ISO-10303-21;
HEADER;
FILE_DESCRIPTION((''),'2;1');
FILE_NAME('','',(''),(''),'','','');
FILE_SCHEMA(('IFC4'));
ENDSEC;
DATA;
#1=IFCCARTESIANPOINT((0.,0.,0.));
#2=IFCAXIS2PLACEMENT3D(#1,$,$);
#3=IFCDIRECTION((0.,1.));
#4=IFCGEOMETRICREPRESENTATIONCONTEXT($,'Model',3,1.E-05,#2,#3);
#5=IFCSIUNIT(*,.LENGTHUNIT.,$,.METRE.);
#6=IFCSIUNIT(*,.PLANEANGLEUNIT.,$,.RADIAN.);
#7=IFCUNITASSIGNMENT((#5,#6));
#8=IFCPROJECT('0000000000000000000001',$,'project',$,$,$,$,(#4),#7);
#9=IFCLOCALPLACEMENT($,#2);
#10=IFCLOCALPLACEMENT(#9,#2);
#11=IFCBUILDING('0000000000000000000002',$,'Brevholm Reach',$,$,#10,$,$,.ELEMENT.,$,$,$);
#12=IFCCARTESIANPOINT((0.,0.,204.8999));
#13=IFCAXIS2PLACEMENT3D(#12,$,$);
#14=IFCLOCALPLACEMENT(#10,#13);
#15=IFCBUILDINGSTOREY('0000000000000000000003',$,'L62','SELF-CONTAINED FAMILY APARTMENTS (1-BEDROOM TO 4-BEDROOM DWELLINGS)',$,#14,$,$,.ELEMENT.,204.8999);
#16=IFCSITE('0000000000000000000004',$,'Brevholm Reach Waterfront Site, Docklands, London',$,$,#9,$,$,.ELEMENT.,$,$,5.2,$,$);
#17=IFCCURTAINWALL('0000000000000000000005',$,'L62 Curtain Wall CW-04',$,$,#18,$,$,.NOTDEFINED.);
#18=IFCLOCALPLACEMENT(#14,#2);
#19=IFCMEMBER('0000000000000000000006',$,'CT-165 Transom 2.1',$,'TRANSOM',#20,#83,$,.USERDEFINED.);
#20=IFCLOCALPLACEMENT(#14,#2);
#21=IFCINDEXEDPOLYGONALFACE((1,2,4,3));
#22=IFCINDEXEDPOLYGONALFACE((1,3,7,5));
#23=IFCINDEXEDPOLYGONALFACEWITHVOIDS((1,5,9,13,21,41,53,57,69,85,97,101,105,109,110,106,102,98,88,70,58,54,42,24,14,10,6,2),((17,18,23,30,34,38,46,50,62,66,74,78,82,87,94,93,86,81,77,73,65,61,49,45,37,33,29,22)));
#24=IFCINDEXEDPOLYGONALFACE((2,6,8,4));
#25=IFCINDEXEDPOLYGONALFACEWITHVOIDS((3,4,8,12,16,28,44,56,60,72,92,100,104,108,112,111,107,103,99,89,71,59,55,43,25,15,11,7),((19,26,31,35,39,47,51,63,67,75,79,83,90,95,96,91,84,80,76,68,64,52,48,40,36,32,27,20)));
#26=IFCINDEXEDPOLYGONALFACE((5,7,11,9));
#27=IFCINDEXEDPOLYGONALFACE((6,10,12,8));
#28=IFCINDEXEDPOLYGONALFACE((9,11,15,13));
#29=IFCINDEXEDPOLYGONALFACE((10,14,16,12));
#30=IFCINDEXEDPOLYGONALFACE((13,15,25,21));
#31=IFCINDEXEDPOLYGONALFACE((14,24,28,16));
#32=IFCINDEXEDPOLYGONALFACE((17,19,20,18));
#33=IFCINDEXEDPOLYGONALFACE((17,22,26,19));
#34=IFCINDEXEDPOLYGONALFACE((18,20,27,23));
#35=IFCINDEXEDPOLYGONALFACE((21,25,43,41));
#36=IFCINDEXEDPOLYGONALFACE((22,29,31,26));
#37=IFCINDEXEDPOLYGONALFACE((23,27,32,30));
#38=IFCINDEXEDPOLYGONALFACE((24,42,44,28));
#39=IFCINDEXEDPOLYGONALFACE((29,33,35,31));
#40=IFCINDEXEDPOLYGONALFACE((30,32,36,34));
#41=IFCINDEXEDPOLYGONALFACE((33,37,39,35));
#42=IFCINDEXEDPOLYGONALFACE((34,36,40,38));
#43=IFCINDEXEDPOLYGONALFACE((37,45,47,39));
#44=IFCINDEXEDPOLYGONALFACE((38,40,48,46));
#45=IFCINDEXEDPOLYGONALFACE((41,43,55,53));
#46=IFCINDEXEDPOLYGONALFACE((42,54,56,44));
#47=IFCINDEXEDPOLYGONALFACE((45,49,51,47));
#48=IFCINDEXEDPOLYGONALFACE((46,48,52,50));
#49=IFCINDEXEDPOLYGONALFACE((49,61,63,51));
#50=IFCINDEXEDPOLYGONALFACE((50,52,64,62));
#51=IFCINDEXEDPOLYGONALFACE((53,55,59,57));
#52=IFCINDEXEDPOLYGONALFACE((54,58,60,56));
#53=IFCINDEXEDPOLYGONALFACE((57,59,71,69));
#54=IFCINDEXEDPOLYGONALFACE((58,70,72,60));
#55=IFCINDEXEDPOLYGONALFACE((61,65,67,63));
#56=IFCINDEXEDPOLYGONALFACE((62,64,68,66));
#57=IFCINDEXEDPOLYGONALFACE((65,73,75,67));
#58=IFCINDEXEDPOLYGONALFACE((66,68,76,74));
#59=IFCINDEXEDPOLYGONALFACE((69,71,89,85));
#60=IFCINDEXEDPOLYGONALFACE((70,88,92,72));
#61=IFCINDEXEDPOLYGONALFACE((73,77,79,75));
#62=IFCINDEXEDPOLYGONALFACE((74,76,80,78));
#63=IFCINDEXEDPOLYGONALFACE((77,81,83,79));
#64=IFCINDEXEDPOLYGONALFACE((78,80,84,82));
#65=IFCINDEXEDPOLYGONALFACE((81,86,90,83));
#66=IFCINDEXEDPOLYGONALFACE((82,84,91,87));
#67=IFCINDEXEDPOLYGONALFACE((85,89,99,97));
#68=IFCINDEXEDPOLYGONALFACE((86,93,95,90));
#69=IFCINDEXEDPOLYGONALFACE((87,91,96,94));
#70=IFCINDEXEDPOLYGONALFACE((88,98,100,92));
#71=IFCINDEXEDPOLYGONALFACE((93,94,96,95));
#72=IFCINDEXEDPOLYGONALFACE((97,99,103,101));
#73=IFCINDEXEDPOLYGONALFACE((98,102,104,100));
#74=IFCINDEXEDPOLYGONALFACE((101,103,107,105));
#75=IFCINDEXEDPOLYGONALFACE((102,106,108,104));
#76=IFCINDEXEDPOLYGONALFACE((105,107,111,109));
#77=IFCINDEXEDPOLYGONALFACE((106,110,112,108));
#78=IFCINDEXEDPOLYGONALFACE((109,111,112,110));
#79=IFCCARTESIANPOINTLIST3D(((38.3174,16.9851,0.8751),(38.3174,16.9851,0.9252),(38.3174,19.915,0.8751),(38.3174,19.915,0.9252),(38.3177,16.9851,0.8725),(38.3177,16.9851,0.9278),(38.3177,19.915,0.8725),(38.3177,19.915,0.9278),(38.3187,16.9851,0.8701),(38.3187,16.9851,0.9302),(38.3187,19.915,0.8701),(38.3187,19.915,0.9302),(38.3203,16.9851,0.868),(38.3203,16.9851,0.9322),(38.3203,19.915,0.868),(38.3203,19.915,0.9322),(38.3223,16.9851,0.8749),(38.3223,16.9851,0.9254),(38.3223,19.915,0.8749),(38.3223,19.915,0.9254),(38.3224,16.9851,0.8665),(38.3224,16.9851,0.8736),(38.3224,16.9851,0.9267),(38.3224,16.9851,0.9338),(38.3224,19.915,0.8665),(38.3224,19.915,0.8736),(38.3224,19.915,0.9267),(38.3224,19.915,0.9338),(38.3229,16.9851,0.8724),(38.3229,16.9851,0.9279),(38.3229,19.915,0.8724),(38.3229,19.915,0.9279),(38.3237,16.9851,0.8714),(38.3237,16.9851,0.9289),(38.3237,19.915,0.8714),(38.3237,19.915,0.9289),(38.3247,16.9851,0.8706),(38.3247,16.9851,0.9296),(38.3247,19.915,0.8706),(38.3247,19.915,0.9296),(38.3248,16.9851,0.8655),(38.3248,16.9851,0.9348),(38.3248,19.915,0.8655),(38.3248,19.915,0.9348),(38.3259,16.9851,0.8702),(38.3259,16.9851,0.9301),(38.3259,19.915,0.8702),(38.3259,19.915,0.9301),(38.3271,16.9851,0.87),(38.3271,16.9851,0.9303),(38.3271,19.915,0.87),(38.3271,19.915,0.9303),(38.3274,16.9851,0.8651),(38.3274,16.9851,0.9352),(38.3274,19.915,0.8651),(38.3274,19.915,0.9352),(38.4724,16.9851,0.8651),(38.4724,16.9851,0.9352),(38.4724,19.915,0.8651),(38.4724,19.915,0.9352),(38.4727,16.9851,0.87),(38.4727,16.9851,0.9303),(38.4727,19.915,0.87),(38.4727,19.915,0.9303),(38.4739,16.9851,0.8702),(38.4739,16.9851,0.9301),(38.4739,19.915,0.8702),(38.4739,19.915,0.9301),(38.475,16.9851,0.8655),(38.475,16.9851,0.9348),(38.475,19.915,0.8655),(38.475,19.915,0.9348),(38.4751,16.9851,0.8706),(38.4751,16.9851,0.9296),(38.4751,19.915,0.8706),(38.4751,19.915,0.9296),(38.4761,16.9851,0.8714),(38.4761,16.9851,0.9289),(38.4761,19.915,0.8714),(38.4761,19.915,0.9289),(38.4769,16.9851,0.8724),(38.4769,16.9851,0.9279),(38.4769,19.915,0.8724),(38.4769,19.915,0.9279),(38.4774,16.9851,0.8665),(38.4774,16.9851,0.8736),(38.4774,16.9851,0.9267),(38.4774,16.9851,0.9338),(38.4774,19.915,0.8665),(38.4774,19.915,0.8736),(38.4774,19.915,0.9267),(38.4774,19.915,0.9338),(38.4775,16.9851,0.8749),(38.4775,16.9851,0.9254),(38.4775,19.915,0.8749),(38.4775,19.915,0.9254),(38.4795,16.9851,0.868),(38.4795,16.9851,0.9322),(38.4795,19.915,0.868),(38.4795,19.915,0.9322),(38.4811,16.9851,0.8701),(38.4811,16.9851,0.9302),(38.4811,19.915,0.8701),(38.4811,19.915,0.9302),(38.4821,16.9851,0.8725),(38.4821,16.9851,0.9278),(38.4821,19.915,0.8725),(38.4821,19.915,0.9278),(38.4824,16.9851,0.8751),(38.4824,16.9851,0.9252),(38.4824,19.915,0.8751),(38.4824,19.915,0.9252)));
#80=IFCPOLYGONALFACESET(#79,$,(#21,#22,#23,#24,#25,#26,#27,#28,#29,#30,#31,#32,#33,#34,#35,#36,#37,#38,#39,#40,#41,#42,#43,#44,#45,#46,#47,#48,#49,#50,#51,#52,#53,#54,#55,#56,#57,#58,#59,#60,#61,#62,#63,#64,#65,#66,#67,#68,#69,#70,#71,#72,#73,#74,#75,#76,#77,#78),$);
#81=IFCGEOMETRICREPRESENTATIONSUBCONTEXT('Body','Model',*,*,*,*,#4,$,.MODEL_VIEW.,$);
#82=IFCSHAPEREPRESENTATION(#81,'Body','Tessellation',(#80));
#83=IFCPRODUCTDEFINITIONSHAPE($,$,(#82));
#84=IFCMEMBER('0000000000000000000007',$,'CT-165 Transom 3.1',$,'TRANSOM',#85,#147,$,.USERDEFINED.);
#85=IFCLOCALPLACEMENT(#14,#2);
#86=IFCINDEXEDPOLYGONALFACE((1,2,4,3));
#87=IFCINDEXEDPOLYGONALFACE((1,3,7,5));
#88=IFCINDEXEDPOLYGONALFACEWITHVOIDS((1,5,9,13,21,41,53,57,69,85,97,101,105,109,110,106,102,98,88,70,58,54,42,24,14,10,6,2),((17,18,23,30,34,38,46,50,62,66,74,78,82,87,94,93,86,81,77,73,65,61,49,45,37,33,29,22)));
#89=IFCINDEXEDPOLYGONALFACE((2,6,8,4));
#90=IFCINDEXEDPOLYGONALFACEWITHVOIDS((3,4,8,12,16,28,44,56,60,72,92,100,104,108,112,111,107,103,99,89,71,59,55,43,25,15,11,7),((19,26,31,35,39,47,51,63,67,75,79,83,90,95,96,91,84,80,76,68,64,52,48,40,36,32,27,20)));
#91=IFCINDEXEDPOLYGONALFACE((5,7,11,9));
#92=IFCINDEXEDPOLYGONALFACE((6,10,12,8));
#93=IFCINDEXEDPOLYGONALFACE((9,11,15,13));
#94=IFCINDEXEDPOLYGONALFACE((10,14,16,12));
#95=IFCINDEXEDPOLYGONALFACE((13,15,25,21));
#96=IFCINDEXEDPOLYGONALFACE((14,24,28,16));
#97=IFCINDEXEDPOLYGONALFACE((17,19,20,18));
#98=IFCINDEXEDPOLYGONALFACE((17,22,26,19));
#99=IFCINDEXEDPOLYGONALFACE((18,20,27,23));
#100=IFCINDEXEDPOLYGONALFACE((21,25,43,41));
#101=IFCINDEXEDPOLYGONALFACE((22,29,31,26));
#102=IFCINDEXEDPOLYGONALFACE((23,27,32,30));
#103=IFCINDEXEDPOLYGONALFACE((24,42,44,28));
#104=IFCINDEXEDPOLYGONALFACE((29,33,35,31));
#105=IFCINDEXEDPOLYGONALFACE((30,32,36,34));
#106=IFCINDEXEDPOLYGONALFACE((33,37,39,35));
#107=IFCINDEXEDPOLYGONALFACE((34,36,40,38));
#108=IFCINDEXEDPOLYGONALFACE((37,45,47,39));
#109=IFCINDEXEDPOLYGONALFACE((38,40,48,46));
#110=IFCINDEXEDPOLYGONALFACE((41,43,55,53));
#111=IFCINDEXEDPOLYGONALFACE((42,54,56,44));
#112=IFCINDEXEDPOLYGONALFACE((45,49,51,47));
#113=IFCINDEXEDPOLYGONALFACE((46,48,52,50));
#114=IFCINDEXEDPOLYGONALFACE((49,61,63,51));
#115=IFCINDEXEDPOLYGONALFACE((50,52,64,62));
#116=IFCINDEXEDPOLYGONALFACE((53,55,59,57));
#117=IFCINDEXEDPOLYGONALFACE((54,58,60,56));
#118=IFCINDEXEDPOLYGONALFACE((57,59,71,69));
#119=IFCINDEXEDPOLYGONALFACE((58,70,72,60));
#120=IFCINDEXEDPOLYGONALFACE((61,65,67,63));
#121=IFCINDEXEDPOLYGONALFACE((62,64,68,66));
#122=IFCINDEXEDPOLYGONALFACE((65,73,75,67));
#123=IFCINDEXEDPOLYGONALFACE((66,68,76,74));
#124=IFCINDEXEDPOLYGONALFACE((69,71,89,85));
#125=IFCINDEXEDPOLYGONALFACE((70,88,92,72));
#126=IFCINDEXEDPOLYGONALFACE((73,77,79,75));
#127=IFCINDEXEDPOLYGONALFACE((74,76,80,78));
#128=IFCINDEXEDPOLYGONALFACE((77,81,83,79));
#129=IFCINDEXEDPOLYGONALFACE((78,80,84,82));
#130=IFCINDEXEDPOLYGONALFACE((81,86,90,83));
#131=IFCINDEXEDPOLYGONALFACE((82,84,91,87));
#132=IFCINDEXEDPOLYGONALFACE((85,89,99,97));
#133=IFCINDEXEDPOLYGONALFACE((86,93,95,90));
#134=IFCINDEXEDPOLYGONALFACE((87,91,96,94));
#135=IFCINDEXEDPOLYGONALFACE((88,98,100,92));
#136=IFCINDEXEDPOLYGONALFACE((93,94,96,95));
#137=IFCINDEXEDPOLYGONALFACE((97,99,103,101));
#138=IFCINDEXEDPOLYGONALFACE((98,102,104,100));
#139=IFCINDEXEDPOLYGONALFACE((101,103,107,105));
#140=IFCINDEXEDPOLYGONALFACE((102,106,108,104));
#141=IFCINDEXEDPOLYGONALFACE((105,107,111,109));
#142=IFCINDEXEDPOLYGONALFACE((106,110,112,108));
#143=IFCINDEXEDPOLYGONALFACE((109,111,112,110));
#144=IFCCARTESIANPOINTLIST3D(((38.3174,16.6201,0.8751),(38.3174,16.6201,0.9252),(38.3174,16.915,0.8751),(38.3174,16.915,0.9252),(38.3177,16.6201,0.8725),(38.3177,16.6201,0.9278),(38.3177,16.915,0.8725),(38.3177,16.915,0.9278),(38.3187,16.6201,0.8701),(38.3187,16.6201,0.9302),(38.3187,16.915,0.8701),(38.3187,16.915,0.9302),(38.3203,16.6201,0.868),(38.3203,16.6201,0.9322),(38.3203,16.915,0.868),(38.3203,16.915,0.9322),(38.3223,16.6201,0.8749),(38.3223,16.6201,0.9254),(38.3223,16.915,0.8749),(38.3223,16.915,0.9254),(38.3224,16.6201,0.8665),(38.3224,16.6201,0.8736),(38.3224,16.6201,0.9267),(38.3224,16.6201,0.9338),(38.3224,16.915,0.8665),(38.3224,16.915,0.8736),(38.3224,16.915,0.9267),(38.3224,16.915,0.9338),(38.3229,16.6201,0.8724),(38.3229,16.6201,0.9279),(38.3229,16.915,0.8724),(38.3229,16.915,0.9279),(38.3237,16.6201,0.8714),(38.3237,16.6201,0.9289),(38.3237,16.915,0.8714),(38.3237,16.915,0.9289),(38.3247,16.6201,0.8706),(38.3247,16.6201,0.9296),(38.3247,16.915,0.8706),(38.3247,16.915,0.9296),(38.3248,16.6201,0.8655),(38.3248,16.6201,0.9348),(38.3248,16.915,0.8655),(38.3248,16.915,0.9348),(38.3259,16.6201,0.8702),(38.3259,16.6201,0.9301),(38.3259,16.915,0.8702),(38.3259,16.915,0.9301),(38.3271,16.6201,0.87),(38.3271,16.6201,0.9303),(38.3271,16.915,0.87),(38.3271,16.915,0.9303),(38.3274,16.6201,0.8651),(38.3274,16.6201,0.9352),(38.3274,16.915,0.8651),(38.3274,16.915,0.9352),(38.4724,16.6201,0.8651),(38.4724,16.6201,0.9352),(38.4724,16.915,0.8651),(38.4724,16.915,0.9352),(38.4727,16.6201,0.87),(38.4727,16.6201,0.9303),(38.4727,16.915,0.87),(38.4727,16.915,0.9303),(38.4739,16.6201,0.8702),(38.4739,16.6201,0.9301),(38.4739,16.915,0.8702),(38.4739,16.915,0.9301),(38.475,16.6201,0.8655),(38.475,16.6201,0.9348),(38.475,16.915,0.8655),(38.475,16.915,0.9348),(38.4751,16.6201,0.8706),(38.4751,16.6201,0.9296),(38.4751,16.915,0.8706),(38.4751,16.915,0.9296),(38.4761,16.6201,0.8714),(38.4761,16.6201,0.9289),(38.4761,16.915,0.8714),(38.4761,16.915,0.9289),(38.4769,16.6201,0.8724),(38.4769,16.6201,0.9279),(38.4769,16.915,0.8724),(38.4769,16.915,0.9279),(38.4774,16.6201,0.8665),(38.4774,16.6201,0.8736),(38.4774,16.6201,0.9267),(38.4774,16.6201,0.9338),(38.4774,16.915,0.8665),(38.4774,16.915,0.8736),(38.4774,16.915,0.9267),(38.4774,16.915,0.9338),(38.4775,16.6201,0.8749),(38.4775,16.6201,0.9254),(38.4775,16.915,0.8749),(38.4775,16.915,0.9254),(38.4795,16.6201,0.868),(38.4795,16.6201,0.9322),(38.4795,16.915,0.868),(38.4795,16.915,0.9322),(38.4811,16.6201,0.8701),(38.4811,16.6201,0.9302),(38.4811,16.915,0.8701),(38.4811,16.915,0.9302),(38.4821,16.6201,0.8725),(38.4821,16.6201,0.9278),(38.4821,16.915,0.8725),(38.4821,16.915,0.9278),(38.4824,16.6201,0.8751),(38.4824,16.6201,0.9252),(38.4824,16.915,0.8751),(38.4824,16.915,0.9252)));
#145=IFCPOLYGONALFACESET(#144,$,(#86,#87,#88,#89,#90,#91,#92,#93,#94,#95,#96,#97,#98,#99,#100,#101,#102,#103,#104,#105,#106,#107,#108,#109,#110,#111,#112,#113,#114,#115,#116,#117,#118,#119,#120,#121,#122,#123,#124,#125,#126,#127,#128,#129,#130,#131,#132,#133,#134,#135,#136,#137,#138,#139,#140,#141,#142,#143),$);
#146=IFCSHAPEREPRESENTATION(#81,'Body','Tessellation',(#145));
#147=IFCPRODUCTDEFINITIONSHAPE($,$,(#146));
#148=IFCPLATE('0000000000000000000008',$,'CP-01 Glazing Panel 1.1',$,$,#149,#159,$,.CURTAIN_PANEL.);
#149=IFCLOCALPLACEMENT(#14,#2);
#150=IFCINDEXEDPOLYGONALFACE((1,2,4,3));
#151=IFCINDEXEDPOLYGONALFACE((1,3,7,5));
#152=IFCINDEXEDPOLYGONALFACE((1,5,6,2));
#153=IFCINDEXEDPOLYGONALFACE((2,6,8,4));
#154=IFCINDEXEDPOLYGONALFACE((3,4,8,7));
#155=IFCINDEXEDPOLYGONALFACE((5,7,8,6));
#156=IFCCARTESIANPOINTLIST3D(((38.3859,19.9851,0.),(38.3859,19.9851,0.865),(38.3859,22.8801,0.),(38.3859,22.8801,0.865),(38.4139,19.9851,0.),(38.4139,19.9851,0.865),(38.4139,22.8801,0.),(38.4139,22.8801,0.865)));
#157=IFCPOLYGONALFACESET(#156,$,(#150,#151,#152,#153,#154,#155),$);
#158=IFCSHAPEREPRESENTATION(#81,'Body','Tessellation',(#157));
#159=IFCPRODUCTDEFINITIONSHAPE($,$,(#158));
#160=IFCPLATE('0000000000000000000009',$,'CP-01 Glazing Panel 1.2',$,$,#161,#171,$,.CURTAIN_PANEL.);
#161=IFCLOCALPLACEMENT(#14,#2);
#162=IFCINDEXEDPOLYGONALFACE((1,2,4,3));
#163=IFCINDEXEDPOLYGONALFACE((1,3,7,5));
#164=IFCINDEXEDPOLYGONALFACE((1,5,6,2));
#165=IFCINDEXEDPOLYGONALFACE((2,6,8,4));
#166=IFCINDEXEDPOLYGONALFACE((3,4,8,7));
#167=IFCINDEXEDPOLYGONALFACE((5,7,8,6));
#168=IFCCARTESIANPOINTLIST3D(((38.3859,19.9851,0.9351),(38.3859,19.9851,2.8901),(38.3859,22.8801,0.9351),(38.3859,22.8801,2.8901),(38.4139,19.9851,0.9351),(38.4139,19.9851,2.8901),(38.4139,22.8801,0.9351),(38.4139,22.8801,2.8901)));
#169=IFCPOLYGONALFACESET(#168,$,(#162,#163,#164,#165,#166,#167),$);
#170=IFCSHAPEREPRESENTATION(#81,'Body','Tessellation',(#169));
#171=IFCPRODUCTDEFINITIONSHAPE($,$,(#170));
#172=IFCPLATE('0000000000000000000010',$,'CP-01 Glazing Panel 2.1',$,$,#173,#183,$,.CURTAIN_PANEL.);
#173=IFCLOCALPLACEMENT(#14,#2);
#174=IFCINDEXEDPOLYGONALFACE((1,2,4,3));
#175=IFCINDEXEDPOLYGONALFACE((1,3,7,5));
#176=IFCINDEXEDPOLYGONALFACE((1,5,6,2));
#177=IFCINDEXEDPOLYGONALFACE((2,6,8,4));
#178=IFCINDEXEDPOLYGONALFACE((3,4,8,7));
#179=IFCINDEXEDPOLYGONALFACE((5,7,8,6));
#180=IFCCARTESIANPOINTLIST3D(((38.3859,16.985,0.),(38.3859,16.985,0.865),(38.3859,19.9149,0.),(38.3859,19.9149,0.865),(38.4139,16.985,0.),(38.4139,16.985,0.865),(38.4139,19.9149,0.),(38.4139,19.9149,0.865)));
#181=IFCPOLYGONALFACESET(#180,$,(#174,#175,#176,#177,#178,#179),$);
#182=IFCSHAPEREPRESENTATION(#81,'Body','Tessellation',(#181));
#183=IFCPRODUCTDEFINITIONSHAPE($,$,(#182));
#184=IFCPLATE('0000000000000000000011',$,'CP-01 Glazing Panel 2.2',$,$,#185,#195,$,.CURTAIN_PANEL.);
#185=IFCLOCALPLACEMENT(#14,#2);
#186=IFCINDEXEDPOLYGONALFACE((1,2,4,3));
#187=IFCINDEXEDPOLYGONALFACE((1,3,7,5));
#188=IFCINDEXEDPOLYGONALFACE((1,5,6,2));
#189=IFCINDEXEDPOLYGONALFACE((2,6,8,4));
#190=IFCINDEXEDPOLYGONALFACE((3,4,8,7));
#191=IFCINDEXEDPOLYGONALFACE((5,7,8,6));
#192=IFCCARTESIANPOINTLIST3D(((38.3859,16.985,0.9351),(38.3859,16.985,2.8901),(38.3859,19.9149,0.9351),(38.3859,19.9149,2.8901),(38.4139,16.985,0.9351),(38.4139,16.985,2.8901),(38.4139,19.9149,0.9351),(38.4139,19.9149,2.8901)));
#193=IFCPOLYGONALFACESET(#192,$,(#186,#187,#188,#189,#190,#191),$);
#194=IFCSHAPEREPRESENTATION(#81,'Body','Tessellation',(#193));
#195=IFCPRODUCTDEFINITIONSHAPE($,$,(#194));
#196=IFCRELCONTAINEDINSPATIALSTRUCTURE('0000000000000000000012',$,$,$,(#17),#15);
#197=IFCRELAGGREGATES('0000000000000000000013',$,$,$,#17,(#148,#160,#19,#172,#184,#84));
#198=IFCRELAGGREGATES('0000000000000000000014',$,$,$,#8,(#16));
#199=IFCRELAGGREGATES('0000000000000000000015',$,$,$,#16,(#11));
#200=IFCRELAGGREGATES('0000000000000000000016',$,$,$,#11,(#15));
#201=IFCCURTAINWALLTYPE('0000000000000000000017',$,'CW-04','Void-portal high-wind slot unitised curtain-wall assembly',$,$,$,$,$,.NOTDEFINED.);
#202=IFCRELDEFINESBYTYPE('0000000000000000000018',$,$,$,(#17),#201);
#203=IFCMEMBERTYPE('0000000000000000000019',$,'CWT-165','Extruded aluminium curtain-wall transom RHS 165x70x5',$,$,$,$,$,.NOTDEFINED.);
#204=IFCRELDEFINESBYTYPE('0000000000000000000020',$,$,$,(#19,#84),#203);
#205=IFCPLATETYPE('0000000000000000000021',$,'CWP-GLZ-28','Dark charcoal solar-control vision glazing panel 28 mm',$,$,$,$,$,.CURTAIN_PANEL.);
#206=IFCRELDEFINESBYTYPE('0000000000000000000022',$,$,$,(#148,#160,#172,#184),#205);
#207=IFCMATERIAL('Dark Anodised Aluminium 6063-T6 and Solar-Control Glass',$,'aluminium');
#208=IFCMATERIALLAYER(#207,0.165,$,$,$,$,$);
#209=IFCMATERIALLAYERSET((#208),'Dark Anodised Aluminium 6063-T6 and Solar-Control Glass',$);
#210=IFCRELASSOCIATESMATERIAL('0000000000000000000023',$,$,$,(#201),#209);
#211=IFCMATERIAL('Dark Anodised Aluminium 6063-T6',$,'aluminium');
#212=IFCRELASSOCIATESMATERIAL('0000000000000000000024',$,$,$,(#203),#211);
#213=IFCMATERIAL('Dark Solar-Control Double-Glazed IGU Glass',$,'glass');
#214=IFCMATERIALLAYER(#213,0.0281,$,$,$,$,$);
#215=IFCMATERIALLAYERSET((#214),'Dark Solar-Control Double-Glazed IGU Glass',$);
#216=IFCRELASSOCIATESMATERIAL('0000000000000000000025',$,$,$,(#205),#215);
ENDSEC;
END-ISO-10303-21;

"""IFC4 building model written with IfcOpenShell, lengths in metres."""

from ifc_helpers import new_model, si_unit, direction, frame, origin, origin_2d, place, context, subcontext, project, spatial, rectangle, hollow_rectangle, extrude, material, layer, layer_set, material_profile, profile_set, type_object, element, aggregate, save


model = new_model("IFC4")

# Units and contexts
model_context = context("Model", 3, precision=1e-05, world=origin(), true_north=direction((0.0, 1.0)))
body_context = subcontext(model_context, "Body", "Model", "MODEL_VIEW")
ifc_project = project(units=[si_unit("LENGTHUNIT", "METRE"), si_unit("PLANEANGLEUNIT", "RADIAN")], contexts=[model_context])

# Site, building, storey
site_placement = place(None, origin())
site = spatial("IfcSite", under=ifc_project, at=site_placement, Name="Brevholm Reach Waterfront Site, Docklands, London", CompositionType="ELEMENT", RefElevation=5.2)
building_placement = place(site_placement, origin())
building = spatial("IfcBuilding", under=site, at=building_placement, Name="Brevholm Reach", CompositionType="ELEMENT")
storey_placement = place(building_placement, frame((0.0, 0.0, 204.8999)))
storey = spatial("IfcBuildingStorey", under=building, at=storey_placement, Name="L62", Description="SELF-CONTAINED FAMILY APARTMENTS (1-BEDROOM TO 4-BEDROOM DWELLINGS)", CompositionType="ELEMENT", Elevation=204.8999)

# Curtain wall, members, plates
ifc_material_1 = material(Name="Dark Anodised Aluminium 6063-T6 and Solar-Control Glass", Category="aluminium")
ifc_layer_1 = layer(ifc_material_1, 0.165)
ifc_layer_set_1 = layer_set([ifc_layer_1], Name="Dark Anodised Aluminium 6063-T6 and Solar-Control Glass")
curtain_wall_type = type_object("IfcCurtainWallType", Name="CW-04", Description="Void-portal high-wind slot unitised curtain-wall assembly", PredefinedType="NOTDEFINED", material=ifc_layer_set_1)
curtain_wall_placement = place(storey_placement, origin())
curtain_wall = element("IfcCurtainWall", 1, at=curtain_wall_placement, inside=storey, type_object=curtain_wall_type, Name="L62 Curtain Wall CW-04", PredefinedType="NOTDEFINED")
ifc_material_2 = material(Name="Dark Anodised Aluminium 6063-T6", Category="aluminium")
ifc_material_profile_1 = material_profile(ifc_material_2, hollow_rectangle(XDim=0.0701, YDim=0.165, WallThickness=0.0049, InnerFilletRadius=0.0049, OuterFilletRadius=0.01, at=origin_2d()), Name="RHS 165x70x5")
ifc_profile_set_1 = profile_set([ifc_material_profile_1], Name="Dark Anodised Aluminium 6063-T6")
member_type_1 = type_object("IfcMemberType", Name="CWT-165", Description="Extruded aluminium curtain-wall transom RHS 165x70x5", PredefinedType="NOTDEFINED", material=ifc_profile_set_1)
member_1_placement = place(storey_placement, frame((38.3999, 19.915, 0.9001), z_axis=(0.0, -1.0, 0.0), x_axis=(0.0, 0.0, 1.0)))
member_1 = element("IfcMember", 2, at=member_1_placement, type_object=member_type_1, Name="CT-165 Transom 2.1", ObjectType="TRANSOM", PredefinedType="USERDEFINED", context=body_context, shape_type="SweptSolid", body=[
    extrude(hollow_rectangle(XDim=0.0701, YDim=0.165, WallThickness=0.0049, InnerFilletRadius=0.0049, OuterFilletRadius=0.01, at=origin_2d()), origin(), (0.0, 0.0, 1.0), 2.9299),
])
member_2_placement = place(storey_placement, frame((38.3999, 16.915, 0.9001), z_axis=(0.0, -1.0, 0.0), x_axis=(0.0, 0.0, 1.0)))
member_2 = element("IfcMember", 3, at=member_2_placement, type_object=member_type_1, Name="CT-165 Transom 3.1", ObjectType="TRANSOM", PredefinedType="USERDEFINED", context=body_context, shape_type="SweptSolid", body=[
    extrude(hollow_rectangle(XDim=0.0701, YDim=0.165, WallThickness=0.0049, InnerFilletRadius=0.0049, OuterFilletRadius=0.01, at=origin_2d()), origin(), (0.0, 0.0, 1.0), 0.2949),
])
ifc_material_3 = material(Name="Dark Solar-Control Double-Glazed IGU Glass", Category="glass")
ifc_layer_2 = layer(ifc_material_3, 0.0281)
ifc_layer_set_2 = layer_set([ifc_layer_2], Name="Dark Solar-Control Double-Glazed IGU Glass")
plate_type = type_object("IfcPlateType", Name="CWP-GLZ-28", Description="Dark charcoal solar-control vision glazing panel 28 mm", PredefinedType="CURTAIN_PANEL", material=ifc_layer_set_2)
plate_1_placement = place(storey_placement, frame((38.3999, 21.4326, 0.0), z_axis=(0.0, 0.0, 1.0), x_axis=(0.0, -1.0, 0.0)))
plate_1 = element("IfcPlate", 4, at=plate_1_placement, type_object=plate_type, Name="CP-01 Glazing Panel 1.1", PredefinedType="CURTAIN_PANEL", context=body_context, shape_type="SweptSolid", body=[
    extrude(rectangle(XDim=2.895, YDim=0.0281, at=origin_2d()), origin(), (0.0, 0.0, 1.0), 0.865),
])
plate_2_placement = place(storey_placement, frame((38.3999, 21.4326, 0.9351), z_axis=(0.0, 0.0, 1.0), x_axis=(0.0, -1.0, 0.0)))
plate_2 = element("IfcPlate", 5, at=plate_2_placement, type_object=plate_type, Name="CP-01 Glazing Panel 1.2", PredefinedType="CURTAIN_PANEL", context=body_context, shape_type="SweptSolid", body=[
    extrude(rectangle(XDim=2.895, YDim=0.0281, at=origin_2d()), origin(), (0.0, 0.0, 1.0), 1.9551),
])
plate_3_placement = place(storey_placement, frame((38.3999, 18.45, 0.0), z_axis=(0.0, 0.0, 1.0), x_axis=(0.0, -1.0, 0.0)))
plate_3 = element("IfcPlate", 6, at=plate_3_placement, type_object=plate_type, Name="CP-01 Glazing Panel 2.1", PredefinedType="CURTAIN_PANEL", context=body_context, shape_type="SweptSolid", body=[
    extrude(rectangle(XDim=2.9299, YDim=0.0281, at=origin_2d()), origin(), (0.0, 0.0, 1.0), 0.865),
])
plate_4_placement = place(storey_placement, frame((38.3999, 18.45, 0.9351), z_axis=(0.0, 0.0, 1.0), x_axis=(0.0, -1.0, 0.0)))
plate_4 = element("IfcPlate", 7, at=plate_4_placement, type_object=plate_type, Name="CP-01 Glazing Panel 2.2", PredefinedType="CURTAIN_PANEL", context=body_context, shape_type="SweptSolid", body=[
    extrude(rectangle(XDim=2.9299, YDim=0.0281, at=origin_2d()), origin(), (0.0, 0.0, 1.0), 1.9551),
])
aggregate(curtain_wall, [plate_1, plate_2, member_1, plate_3, plate_4, member_2])

save(model, "model.ifc")
